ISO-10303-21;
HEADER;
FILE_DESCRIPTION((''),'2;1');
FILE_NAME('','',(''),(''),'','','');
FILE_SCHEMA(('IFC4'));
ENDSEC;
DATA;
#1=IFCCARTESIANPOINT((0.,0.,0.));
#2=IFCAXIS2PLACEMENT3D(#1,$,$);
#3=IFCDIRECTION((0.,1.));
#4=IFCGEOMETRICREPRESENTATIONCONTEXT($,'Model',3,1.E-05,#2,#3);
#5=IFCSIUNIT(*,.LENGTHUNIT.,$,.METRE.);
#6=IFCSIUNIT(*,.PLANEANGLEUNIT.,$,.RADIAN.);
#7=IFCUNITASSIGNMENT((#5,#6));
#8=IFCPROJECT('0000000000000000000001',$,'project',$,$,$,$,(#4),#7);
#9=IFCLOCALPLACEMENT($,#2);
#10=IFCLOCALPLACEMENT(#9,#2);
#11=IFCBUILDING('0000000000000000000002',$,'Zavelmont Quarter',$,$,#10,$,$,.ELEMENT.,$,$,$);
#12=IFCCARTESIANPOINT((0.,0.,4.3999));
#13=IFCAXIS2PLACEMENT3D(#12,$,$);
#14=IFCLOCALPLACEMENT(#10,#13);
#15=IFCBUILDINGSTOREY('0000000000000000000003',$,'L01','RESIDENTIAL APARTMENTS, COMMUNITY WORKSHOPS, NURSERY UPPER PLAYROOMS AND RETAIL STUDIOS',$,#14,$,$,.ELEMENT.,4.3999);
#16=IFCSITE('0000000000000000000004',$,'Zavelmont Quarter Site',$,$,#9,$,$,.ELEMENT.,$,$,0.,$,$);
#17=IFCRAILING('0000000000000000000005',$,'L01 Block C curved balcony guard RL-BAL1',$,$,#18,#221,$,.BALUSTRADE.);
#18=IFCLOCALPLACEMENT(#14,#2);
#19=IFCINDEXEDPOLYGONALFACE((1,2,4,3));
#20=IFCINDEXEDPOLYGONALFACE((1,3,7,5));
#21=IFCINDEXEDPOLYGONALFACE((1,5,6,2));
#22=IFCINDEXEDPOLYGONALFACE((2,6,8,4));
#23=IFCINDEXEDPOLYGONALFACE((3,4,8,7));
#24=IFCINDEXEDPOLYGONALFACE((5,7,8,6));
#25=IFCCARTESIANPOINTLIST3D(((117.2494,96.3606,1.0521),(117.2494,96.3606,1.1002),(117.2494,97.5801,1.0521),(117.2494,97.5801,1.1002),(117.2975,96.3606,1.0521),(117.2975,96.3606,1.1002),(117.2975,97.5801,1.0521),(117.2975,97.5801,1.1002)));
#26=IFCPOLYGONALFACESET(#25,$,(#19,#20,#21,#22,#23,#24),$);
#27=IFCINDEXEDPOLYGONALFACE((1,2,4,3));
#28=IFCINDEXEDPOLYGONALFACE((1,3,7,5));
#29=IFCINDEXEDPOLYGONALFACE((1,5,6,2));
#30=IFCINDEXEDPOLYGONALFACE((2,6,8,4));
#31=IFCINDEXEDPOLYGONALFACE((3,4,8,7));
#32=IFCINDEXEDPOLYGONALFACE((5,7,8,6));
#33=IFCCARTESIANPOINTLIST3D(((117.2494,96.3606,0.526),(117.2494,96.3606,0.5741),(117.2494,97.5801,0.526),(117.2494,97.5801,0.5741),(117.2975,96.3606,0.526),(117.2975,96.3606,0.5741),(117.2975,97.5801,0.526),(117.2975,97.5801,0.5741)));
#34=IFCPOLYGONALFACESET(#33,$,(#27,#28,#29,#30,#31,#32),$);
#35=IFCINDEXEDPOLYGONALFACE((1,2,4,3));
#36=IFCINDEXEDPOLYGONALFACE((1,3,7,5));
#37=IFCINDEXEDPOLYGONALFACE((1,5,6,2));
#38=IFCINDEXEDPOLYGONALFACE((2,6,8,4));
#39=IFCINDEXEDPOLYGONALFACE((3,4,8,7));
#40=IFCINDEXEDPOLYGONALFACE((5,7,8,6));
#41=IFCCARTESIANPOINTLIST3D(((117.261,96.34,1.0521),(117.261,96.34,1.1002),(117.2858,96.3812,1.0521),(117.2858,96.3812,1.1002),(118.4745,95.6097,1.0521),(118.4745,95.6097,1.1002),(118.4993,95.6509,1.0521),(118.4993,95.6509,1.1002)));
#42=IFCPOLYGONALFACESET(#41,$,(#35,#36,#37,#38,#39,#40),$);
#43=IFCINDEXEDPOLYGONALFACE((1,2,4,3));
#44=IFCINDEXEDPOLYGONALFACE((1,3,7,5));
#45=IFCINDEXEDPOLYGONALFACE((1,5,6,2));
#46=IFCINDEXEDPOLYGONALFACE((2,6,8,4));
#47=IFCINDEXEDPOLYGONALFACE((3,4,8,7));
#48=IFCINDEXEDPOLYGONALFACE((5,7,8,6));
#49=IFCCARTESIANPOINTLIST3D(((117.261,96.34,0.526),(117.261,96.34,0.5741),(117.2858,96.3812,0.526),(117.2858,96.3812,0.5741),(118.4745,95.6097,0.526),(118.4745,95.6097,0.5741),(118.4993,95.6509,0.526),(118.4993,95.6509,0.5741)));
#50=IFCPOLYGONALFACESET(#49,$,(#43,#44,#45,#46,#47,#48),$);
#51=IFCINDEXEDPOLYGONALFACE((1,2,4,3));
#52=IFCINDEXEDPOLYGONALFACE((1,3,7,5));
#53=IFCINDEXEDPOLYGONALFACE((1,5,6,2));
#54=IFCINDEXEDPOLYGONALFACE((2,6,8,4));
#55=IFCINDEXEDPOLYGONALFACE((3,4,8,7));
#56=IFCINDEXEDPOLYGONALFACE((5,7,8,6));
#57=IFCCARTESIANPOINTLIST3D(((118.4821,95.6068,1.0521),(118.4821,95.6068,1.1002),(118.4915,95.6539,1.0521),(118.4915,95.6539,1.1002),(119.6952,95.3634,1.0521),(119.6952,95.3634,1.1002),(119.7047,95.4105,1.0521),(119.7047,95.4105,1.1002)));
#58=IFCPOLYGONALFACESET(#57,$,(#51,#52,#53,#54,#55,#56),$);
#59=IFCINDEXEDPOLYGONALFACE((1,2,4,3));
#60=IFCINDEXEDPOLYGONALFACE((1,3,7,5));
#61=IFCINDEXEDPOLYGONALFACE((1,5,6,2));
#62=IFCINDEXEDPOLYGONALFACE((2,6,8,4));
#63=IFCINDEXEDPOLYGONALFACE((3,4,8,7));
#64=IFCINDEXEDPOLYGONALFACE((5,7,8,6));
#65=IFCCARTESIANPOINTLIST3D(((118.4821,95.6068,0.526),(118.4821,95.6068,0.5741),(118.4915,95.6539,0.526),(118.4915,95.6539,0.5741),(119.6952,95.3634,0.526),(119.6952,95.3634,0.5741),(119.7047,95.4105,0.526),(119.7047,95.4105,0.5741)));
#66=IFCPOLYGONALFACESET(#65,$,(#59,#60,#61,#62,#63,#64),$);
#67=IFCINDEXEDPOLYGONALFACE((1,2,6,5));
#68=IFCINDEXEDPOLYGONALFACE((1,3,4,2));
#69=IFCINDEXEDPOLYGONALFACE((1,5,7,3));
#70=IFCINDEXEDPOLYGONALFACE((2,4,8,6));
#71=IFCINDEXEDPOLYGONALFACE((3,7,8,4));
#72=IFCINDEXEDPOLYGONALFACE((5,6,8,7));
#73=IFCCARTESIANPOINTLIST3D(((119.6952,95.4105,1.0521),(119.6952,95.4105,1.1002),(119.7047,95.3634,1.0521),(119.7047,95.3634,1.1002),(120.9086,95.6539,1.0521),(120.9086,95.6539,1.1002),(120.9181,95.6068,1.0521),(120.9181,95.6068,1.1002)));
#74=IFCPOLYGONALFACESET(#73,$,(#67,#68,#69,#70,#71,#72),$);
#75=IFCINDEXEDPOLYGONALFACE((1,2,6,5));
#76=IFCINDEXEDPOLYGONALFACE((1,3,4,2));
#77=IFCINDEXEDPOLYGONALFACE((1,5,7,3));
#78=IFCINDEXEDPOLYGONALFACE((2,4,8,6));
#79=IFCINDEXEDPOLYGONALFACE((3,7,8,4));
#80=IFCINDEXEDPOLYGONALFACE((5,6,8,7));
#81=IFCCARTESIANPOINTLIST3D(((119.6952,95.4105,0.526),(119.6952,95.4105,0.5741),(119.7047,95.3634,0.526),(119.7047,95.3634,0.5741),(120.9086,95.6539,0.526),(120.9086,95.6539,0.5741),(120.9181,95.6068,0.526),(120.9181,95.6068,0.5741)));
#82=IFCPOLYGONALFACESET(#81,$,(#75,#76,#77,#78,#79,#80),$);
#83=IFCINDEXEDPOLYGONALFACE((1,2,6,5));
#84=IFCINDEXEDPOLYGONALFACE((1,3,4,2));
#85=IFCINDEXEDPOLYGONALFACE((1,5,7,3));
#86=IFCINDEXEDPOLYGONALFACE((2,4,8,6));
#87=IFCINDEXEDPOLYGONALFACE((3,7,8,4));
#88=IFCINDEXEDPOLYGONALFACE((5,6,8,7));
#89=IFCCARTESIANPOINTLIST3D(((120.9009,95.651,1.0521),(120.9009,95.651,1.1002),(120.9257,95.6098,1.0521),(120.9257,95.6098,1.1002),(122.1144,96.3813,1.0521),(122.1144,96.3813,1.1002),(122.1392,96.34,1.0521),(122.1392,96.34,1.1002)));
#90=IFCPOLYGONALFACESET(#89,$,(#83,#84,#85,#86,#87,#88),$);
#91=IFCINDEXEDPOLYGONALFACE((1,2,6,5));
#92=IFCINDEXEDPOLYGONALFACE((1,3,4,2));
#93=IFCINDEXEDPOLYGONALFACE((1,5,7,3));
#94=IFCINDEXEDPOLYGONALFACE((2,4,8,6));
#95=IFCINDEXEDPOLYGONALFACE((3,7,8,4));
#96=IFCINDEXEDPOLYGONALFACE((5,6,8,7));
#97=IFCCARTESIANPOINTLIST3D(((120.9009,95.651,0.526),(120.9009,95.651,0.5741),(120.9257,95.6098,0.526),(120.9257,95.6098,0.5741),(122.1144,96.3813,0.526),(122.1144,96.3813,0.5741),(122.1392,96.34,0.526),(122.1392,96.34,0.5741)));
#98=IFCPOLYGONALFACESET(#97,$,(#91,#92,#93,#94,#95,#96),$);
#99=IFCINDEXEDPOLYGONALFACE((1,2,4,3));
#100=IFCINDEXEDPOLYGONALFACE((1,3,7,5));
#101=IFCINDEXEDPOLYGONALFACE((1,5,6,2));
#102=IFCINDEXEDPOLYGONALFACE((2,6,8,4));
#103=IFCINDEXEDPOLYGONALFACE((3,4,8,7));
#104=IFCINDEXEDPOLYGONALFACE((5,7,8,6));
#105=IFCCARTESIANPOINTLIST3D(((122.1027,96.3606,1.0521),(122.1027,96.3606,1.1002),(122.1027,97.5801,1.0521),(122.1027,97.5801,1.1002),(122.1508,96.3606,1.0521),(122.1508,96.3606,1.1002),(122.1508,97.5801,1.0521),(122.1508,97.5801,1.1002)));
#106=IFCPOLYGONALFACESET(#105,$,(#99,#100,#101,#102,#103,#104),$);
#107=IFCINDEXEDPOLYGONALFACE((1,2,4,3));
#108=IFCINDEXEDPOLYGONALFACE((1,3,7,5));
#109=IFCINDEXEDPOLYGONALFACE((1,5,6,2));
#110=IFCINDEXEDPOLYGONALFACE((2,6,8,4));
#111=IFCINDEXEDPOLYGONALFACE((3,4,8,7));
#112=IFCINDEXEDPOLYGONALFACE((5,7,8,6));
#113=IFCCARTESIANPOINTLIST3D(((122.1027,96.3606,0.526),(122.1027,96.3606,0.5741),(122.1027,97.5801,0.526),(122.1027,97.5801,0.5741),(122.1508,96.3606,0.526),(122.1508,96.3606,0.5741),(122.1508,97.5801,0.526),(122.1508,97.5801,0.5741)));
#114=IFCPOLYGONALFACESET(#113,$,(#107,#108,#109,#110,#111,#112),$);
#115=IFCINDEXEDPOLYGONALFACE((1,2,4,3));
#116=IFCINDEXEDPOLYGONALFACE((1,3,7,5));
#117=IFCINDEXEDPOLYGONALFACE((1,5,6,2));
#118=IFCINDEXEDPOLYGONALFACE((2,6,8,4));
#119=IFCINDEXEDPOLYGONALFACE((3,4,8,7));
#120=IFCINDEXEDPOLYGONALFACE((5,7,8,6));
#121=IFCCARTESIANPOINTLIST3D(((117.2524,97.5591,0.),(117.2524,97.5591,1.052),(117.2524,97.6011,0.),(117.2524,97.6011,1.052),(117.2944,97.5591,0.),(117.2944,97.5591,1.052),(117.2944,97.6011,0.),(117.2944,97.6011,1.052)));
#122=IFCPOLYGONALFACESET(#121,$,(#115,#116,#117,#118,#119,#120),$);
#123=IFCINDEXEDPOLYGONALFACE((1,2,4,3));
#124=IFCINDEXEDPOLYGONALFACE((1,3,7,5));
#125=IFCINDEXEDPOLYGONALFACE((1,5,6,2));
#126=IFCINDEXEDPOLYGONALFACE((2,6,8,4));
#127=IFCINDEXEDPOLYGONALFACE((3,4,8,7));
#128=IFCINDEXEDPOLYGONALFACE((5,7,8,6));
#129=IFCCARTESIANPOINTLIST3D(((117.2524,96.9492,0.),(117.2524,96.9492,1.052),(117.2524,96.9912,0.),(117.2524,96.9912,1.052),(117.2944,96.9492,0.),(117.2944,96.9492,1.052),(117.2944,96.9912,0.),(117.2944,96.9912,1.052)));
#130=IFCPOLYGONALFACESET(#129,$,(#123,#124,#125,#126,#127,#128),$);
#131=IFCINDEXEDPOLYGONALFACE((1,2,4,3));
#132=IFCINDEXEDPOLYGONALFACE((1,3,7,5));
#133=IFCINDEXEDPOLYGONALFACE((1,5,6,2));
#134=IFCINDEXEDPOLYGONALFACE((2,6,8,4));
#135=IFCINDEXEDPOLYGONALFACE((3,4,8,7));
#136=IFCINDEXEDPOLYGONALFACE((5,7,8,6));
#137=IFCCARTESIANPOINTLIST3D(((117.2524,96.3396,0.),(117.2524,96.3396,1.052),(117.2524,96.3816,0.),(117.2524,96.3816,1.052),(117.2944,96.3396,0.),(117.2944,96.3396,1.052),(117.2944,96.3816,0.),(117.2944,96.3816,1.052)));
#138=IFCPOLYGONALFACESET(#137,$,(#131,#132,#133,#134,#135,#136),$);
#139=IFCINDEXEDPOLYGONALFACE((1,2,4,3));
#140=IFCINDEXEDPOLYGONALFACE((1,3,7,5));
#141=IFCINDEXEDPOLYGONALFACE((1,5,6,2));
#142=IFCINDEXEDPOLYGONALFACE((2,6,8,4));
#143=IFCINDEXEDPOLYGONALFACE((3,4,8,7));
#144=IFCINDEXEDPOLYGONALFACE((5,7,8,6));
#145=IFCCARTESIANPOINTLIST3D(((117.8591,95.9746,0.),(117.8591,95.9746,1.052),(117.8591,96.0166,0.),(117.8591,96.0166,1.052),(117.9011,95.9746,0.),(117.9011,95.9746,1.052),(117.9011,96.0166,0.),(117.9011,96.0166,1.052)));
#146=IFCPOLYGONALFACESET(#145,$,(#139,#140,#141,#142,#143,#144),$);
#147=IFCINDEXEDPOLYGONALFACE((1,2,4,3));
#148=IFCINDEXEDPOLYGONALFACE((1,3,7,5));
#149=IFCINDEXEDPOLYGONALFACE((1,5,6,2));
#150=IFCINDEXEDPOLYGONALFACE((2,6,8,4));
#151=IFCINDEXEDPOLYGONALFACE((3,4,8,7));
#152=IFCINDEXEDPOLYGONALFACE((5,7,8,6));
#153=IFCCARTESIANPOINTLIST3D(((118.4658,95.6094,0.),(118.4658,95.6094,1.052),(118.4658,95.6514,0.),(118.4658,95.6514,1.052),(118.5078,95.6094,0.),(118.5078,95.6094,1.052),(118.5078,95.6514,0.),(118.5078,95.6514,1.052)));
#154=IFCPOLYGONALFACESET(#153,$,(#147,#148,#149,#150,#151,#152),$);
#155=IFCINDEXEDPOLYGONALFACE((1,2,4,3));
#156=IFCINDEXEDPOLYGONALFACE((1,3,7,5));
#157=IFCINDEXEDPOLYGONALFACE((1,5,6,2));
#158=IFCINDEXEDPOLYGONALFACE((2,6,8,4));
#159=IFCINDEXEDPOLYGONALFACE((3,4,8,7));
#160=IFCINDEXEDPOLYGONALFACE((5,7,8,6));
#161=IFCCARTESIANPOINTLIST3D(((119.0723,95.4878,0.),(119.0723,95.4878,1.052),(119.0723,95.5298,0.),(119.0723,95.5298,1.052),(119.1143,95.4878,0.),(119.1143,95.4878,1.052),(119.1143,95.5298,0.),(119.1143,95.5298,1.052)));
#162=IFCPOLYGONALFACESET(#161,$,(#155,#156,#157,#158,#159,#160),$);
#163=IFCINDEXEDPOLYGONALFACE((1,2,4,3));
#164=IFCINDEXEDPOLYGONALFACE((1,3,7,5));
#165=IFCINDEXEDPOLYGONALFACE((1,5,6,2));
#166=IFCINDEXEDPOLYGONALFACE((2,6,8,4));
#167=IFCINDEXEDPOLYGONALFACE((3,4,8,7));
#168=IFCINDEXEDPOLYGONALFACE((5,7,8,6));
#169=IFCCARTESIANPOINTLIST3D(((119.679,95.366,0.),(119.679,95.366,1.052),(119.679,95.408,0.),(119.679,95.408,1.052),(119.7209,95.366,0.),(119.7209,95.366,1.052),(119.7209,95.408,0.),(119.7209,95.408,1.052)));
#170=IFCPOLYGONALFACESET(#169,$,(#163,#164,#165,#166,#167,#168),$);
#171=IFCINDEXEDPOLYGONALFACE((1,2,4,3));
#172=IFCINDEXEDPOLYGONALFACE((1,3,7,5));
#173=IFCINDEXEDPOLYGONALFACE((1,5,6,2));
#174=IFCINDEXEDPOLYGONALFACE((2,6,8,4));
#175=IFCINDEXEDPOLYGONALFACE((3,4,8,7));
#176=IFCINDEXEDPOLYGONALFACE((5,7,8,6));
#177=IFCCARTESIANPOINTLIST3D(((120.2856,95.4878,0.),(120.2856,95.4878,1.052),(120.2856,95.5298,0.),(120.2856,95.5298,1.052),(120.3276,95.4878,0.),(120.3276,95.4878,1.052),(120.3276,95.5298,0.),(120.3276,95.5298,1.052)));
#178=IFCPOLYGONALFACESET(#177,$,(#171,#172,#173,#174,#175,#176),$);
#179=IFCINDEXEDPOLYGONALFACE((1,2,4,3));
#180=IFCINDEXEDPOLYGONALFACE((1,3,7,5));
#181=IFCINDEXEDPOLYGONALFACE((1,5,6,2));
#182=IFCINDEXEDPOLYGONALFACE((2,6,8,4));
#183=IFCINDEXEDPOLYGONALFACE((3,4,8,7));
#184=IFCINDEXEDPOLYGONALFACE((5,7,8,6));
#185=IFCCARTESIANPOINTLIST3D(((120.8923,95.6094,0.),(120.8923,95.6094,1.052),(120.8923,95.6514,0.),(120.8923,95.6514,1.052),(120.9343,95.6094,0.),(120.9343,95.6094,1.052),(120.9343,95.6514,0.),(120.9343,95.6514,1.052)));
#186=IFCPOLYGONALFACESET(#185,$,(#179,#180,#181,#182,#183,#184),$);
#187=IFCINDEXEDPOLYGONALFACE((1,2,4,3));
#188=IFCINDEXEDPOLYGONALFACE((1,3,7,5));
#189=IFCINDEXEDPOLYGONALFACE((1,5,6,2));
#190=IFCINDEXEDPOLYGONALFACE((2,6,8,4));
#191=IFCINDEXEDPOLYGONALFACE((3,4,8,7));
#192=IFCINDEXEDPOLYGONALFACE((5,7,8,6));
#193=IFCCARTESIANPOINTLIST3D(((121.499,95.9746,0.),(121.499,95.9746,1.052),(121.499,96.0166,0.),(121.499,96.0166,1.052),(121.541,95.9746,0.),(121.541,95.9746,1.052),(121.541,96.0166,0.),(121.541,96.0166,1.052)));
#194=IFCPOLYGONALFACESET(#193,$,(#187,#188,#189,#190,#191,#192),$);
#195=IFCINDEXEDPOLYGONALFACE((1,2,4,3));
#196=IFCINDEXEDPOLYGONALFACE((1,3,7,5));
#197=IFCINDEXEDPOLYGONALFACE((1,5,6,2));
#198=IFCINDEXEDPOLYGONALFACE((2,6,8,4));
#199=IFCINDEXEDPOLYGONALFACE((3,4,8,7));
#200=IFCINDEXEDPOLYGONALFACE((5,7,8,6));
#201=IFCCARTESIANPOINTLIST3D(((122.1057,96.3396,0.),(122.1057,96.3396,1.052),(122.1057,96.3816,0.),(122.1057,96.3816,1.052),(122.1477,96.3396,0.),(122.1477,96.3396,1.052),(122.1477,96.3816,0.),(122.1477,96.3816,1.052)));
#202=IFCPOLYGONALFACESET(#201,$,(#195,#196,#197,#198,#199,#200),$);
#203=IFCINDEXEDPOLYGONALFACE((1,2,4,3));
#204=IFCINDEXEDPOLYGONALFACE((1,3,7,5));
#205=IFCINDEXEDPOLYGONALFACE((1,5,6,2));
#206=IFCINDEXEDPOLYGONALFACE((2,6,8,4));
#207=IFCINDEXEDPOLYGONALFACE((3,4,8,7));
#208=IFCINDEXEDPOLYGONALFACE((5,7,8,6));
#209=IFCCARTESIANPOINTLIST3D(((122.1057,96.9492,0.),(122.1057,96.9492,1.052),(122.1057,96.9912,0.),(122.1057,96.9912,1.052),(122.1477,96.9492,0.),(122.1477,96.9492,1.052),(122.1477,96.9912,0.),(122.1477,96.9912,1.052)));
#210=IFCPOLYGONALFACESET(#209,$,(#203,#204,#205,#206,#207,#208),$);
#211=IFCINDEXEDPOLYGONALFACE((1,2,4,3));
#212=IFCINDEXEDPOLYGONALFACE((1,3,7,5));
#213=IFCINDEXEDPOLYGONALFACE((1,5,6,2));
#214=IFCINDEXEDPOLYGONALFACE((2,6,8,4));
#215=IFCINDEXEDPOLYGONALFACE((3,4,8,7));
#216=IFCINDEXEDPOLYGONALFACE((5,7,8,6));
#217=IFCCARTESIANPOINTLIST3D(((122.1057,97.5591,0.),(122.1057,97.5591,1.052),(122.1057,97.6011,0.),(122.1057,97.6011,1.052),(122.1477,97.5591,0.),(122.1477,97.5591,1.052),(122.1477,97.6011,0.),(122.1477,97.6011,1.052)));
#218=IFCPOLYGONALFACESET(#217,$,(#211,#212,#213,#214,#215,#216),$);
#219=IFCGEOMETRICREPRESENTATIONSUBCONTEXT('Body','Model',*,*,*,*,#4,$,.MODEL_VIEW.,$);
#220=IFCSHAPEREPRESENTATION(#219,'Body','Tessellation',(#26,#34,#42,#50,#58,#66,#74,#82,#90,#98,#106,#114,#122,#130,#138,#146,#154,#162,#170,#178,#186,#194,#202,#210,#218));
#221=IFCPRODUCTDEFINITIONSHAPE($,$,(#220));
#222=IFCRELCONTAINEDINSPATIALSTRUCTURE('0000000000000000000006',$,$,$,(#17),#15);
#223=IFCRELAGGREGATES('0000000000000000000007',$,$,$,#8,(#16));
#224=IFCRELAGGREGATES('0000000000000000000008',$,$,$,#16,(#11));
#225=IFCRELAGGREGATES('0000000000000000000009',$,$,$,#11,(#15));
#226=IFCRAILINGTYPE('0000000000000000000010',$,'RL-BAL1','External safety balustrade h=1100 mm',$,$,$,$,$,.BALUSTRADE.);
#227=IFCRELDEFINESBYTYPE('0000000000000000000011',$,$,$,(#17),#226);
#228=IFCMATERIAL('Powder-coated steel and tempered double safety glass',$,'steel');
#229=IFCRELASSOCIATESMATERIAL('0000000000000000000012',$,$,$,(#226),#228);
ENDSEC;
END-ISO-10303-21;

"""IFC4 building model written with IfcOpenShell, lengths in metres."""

from ifc_helpers import new_model, si_unit, direction, frame, origin, origin_2d, place, context, subcontext, project, spatial, rectangle, extrude, material, type_object, element, save


model = new_model("IFC4")

# Units and contexts
model_context = context("Model", 3, precision=1e-05, world=origin(), true_north=direction((0.0, 1.0)))
body_context = subcontext(model_context, "Body", "Model", "MODEL_VIEW")
ifc_project = project(units=[si_unit("LENGTHUNIT", "METRE"), si_unit("PLANEANGLEUNIT", "RADIAN")], contexts=[model_context])

# Site, building, storey
site_placement = place(None, origin())
site = spatial("IfcSite", under=ifc_project, at=site_placement, Name="Zavelmont Quarter Site", CompositionType="ELEMENT", RefElevation=0.0)
building_placement = place(site_placement, origin())
building = spatial("IfcBuilding", under=site, at=building_placement, Name="Zavelmont Quarter", CompositionType="ELEMENT")
storey_placement = place(building_placement, frame((0.0, 0.0, 4.3999)))
storey = spatial("IfcBuildingStorey", under=building, at=storey_placement, Name="L01", Description="RESIDENTIAL APARTMENTS, COMMUNITY WORKSHOPS, NURSERY UPPER PLAYROOMS AND RETAIL STUDIOS", CompositionType="ELEMENT", Elevation=4.3999)

# Railing
ifc_material_1 = material(Name="Powder-coated steel and tempered double safety glass", Category="steel")
railing_type = type_object("IfcRailingType", Name="RL-BAL1", Description="External safety balustrade h=1100 mm", PredefinedType="BALUSTRADE", material=ifc_material_1)
railing_placement = place(storey_placement, frame((117.2734, 97.5801, 0.0)))
element("IfcRailing", 1, at=railing_placement, inside=storey, type_object=railing_type, Name="L01 Block C curved balcony guard RL-BAL1", PredefinedType="BALUSTRADE", context=body_context, shape_type="SweptSolid", body=[
    extrude(rectangle(XDim=0.0481, YDim=0.0481, at=origin_2d()), frame((0.0, 0.0, 1.0762), z_axis=(0.0, -1.0, 0.0), x_axis=(1.0, 0.0, 0.0)), (0.0, 0.0, 1.0), 1.2195),
    extrude(rectangle(XDim=0.0481, YDim=0.0481, at=origin_2d()), frame((0.0, 0.0, 0.55), z_axis=(0.0, -1.0, 0.0), x_axis=(1.0, 0.0, 0.0)), (0.0, 0.0, 1.0), 1.2195),
    extrude(rectangle(XDim=0.0481, YDim=0.0481, at=origin_2d()), frame((0.0, -1.2195, 1.0762), z_axis=(0.856808, -0.515636, 0.0), x_axis=(0.515636, 0.856808, 0.0)), (0.0, 0.0, 1.0), 1.4163),
    extrude(rectangle(XDim=0.0481, YDim=0.0481, at=origin_2d()), frame((0.0, -1.2195, 0.55), z_axis=(0.856808, -0.515636, 0.0), x_axis=(0.515636, 0.856808, 0.0)), (0.0, 0.0, 1.0), 1.4163),
    extrude(rectangle(XDim=0.0481, YDim=0.0481, at=origin_2d()), frame((1.2134, -1.9497, 1.0762), z_axis=(0.980459, -0.196723, 0.0), x_axis=(0.196723, 0.980459, 0.0)), (0.0, 0.0, 1.0), 1.2373),
    extrude(rectangle(XDim=0.0481, YDim=0.0481, at=origin_2d()), frame((1.2134, -1.9497, 0.55), z_axis=(0.980459, -0.196723, 0.0), x_axis=(0.196723, 0.980459, 0.0)), (0.0, 0.0, 1.0), 1.2373),
    extrude(rectangle(XDim=0.0481, YDim=0.0481, at=origin_2d()), frame((2.4265, -2.1931, 1.0762), z_axis=(0.980467, 0.196685, 0.0), x_axis=(-0.196685, 0.980467, 0.0)), (0.0, 0.0, 1.0), 1.2375),
    extrude(rectangle(XDim=0.0481, YDim=0.0481, at=origin_2d()), frame((2.4265, -2.1931, 0.55), z_axis=(0.980467, 0.196685, 0.0), x_axis=(-0.196685, 0.980467, 0.0)), (0.0, 0.0, 1.0), 1.2375),
    extrude(rectangle(XDim=0.0481, YDim=0.0481, at=origin_2d()), frame((3.6399, -1.9497, 1.0762), z_axis=(0.856808, 0.515636, 0.0), x_axis=(-0.515636, 0.856808, 0.0)), (0.0, 0.0, 1.0), 1.4163),
    extrude(rectangle(XDim=0.0481, YDim=0.0481, at=origin_2d()), frame((3.6399, -1.9497, 0.55), z_axis=(0.856808, 0.515636, 0.0), x_axis=(-0.515636, 0.856808, 0.0)), (0.0, 0.0, 1.0), 1.4163),
    extrude(rectangle(XDim=0.0481, YDim=0.0481, at=origin_2d()), frame((4.8533, -1.2195, 1.0762), z_axis=(0.0, 1.0, 0.0), x_axis=(-1.0, 0.0, 0.0)), (0.0, 0.0, 1.0), 1.2195),
    extrude(rectangle(XDim=0.0481, YDim=0.0481, at=origin_2d()), frame((4.8533, -1.2195, 0.55), z_axis=(0.0, 1.0, 0.0), x_axis=(-1.0, 0.0, 0.0)), (0.0, 0.0, 1.0), 1.2195),
    extrude(rectangle(XDim=0.042, YDim=0.042, at=origin_2d()), origin(), (0.0, 0.0, 1.0), 1.052),
    extrude(rectangle(XDim=0.042, YDim=0.042, at=origin_2d()), frame((0.0, -0.6099, 0.0)), (0.0, 0.0, 1.0), 1.052),
    extrude(rectangle(XDim=0.042, YDim=0.042, at=origin_2d()), frame((0.0, -1.2195, 0.0)), (0.0, 0.0, 1.0), 1.052),
    extrude(rectangle(XDim=0.042, YDim=0.042, at=origin_2d()), frame((0.6067, -1.5845, 0.0)), (0.0, 0.0, 1.0), 1.052),
    extrude(rectangle(XDim=0.042, YDim=0.042, at=origin_2d()), frame((1.2134, -1.9497, 0.0)), (0.0, 0.0, 1.0), 1.052),
    extrude(rectangle(XDim=0.042, YDim=0.042, at=origin_2d()), frame((1.8198, -2.0713, 0.0)), (0.0, 0.0, 1.0), 1.052),
    extrude(rectangle(XDim=0.042, YDim=0.042, at=origin_2d()), frame((2.4265, -2.1931, 0.0)), (0.0, 0.0, 1.0), 1.052),
    extrude(rectangle(XDim=0.042, YDim=0.042, at=origin_2d()), frame((3.0332, -2.0713, 0.0)), (0.0, 0.0, 1.0), 1.052),
    extrude(rectangle(XDim=0.042, YDim=0.042, at=origin_2d()), frame((3.6399, -1.9497, 0.0)), (0.0, 0.0, 1.0), 1.052),
    extrude(rectangle(XDim=0.042, YDim=0.042, at=origin_2d()), frame((4.2466, -1.5845, 0.0)), (0.0, 0.0, 1.0), 1.052),
    extrude(rectangle(XDim=0.042, YDim=0.042, at=origin_2d()), frame((4.8533, -1.2195, 0.0)), (0.0, 0.0, 1.0), 1.052),
    extrude(rectangle(XDim=0.042, YDim=0.042, at=origin_2d()), frame((4.8533, -0.6099, 0.0)), (0.0, 0.0, 1.0), 1.052),
    extrude(rectangle(XDim=0.042, YDim=0.042, at=origin_2d()), frame((4.8533, 0.0, 0.0)), (0.0, 0.0, 1.0), 1.052),
])

save(model, "model.ifc")
